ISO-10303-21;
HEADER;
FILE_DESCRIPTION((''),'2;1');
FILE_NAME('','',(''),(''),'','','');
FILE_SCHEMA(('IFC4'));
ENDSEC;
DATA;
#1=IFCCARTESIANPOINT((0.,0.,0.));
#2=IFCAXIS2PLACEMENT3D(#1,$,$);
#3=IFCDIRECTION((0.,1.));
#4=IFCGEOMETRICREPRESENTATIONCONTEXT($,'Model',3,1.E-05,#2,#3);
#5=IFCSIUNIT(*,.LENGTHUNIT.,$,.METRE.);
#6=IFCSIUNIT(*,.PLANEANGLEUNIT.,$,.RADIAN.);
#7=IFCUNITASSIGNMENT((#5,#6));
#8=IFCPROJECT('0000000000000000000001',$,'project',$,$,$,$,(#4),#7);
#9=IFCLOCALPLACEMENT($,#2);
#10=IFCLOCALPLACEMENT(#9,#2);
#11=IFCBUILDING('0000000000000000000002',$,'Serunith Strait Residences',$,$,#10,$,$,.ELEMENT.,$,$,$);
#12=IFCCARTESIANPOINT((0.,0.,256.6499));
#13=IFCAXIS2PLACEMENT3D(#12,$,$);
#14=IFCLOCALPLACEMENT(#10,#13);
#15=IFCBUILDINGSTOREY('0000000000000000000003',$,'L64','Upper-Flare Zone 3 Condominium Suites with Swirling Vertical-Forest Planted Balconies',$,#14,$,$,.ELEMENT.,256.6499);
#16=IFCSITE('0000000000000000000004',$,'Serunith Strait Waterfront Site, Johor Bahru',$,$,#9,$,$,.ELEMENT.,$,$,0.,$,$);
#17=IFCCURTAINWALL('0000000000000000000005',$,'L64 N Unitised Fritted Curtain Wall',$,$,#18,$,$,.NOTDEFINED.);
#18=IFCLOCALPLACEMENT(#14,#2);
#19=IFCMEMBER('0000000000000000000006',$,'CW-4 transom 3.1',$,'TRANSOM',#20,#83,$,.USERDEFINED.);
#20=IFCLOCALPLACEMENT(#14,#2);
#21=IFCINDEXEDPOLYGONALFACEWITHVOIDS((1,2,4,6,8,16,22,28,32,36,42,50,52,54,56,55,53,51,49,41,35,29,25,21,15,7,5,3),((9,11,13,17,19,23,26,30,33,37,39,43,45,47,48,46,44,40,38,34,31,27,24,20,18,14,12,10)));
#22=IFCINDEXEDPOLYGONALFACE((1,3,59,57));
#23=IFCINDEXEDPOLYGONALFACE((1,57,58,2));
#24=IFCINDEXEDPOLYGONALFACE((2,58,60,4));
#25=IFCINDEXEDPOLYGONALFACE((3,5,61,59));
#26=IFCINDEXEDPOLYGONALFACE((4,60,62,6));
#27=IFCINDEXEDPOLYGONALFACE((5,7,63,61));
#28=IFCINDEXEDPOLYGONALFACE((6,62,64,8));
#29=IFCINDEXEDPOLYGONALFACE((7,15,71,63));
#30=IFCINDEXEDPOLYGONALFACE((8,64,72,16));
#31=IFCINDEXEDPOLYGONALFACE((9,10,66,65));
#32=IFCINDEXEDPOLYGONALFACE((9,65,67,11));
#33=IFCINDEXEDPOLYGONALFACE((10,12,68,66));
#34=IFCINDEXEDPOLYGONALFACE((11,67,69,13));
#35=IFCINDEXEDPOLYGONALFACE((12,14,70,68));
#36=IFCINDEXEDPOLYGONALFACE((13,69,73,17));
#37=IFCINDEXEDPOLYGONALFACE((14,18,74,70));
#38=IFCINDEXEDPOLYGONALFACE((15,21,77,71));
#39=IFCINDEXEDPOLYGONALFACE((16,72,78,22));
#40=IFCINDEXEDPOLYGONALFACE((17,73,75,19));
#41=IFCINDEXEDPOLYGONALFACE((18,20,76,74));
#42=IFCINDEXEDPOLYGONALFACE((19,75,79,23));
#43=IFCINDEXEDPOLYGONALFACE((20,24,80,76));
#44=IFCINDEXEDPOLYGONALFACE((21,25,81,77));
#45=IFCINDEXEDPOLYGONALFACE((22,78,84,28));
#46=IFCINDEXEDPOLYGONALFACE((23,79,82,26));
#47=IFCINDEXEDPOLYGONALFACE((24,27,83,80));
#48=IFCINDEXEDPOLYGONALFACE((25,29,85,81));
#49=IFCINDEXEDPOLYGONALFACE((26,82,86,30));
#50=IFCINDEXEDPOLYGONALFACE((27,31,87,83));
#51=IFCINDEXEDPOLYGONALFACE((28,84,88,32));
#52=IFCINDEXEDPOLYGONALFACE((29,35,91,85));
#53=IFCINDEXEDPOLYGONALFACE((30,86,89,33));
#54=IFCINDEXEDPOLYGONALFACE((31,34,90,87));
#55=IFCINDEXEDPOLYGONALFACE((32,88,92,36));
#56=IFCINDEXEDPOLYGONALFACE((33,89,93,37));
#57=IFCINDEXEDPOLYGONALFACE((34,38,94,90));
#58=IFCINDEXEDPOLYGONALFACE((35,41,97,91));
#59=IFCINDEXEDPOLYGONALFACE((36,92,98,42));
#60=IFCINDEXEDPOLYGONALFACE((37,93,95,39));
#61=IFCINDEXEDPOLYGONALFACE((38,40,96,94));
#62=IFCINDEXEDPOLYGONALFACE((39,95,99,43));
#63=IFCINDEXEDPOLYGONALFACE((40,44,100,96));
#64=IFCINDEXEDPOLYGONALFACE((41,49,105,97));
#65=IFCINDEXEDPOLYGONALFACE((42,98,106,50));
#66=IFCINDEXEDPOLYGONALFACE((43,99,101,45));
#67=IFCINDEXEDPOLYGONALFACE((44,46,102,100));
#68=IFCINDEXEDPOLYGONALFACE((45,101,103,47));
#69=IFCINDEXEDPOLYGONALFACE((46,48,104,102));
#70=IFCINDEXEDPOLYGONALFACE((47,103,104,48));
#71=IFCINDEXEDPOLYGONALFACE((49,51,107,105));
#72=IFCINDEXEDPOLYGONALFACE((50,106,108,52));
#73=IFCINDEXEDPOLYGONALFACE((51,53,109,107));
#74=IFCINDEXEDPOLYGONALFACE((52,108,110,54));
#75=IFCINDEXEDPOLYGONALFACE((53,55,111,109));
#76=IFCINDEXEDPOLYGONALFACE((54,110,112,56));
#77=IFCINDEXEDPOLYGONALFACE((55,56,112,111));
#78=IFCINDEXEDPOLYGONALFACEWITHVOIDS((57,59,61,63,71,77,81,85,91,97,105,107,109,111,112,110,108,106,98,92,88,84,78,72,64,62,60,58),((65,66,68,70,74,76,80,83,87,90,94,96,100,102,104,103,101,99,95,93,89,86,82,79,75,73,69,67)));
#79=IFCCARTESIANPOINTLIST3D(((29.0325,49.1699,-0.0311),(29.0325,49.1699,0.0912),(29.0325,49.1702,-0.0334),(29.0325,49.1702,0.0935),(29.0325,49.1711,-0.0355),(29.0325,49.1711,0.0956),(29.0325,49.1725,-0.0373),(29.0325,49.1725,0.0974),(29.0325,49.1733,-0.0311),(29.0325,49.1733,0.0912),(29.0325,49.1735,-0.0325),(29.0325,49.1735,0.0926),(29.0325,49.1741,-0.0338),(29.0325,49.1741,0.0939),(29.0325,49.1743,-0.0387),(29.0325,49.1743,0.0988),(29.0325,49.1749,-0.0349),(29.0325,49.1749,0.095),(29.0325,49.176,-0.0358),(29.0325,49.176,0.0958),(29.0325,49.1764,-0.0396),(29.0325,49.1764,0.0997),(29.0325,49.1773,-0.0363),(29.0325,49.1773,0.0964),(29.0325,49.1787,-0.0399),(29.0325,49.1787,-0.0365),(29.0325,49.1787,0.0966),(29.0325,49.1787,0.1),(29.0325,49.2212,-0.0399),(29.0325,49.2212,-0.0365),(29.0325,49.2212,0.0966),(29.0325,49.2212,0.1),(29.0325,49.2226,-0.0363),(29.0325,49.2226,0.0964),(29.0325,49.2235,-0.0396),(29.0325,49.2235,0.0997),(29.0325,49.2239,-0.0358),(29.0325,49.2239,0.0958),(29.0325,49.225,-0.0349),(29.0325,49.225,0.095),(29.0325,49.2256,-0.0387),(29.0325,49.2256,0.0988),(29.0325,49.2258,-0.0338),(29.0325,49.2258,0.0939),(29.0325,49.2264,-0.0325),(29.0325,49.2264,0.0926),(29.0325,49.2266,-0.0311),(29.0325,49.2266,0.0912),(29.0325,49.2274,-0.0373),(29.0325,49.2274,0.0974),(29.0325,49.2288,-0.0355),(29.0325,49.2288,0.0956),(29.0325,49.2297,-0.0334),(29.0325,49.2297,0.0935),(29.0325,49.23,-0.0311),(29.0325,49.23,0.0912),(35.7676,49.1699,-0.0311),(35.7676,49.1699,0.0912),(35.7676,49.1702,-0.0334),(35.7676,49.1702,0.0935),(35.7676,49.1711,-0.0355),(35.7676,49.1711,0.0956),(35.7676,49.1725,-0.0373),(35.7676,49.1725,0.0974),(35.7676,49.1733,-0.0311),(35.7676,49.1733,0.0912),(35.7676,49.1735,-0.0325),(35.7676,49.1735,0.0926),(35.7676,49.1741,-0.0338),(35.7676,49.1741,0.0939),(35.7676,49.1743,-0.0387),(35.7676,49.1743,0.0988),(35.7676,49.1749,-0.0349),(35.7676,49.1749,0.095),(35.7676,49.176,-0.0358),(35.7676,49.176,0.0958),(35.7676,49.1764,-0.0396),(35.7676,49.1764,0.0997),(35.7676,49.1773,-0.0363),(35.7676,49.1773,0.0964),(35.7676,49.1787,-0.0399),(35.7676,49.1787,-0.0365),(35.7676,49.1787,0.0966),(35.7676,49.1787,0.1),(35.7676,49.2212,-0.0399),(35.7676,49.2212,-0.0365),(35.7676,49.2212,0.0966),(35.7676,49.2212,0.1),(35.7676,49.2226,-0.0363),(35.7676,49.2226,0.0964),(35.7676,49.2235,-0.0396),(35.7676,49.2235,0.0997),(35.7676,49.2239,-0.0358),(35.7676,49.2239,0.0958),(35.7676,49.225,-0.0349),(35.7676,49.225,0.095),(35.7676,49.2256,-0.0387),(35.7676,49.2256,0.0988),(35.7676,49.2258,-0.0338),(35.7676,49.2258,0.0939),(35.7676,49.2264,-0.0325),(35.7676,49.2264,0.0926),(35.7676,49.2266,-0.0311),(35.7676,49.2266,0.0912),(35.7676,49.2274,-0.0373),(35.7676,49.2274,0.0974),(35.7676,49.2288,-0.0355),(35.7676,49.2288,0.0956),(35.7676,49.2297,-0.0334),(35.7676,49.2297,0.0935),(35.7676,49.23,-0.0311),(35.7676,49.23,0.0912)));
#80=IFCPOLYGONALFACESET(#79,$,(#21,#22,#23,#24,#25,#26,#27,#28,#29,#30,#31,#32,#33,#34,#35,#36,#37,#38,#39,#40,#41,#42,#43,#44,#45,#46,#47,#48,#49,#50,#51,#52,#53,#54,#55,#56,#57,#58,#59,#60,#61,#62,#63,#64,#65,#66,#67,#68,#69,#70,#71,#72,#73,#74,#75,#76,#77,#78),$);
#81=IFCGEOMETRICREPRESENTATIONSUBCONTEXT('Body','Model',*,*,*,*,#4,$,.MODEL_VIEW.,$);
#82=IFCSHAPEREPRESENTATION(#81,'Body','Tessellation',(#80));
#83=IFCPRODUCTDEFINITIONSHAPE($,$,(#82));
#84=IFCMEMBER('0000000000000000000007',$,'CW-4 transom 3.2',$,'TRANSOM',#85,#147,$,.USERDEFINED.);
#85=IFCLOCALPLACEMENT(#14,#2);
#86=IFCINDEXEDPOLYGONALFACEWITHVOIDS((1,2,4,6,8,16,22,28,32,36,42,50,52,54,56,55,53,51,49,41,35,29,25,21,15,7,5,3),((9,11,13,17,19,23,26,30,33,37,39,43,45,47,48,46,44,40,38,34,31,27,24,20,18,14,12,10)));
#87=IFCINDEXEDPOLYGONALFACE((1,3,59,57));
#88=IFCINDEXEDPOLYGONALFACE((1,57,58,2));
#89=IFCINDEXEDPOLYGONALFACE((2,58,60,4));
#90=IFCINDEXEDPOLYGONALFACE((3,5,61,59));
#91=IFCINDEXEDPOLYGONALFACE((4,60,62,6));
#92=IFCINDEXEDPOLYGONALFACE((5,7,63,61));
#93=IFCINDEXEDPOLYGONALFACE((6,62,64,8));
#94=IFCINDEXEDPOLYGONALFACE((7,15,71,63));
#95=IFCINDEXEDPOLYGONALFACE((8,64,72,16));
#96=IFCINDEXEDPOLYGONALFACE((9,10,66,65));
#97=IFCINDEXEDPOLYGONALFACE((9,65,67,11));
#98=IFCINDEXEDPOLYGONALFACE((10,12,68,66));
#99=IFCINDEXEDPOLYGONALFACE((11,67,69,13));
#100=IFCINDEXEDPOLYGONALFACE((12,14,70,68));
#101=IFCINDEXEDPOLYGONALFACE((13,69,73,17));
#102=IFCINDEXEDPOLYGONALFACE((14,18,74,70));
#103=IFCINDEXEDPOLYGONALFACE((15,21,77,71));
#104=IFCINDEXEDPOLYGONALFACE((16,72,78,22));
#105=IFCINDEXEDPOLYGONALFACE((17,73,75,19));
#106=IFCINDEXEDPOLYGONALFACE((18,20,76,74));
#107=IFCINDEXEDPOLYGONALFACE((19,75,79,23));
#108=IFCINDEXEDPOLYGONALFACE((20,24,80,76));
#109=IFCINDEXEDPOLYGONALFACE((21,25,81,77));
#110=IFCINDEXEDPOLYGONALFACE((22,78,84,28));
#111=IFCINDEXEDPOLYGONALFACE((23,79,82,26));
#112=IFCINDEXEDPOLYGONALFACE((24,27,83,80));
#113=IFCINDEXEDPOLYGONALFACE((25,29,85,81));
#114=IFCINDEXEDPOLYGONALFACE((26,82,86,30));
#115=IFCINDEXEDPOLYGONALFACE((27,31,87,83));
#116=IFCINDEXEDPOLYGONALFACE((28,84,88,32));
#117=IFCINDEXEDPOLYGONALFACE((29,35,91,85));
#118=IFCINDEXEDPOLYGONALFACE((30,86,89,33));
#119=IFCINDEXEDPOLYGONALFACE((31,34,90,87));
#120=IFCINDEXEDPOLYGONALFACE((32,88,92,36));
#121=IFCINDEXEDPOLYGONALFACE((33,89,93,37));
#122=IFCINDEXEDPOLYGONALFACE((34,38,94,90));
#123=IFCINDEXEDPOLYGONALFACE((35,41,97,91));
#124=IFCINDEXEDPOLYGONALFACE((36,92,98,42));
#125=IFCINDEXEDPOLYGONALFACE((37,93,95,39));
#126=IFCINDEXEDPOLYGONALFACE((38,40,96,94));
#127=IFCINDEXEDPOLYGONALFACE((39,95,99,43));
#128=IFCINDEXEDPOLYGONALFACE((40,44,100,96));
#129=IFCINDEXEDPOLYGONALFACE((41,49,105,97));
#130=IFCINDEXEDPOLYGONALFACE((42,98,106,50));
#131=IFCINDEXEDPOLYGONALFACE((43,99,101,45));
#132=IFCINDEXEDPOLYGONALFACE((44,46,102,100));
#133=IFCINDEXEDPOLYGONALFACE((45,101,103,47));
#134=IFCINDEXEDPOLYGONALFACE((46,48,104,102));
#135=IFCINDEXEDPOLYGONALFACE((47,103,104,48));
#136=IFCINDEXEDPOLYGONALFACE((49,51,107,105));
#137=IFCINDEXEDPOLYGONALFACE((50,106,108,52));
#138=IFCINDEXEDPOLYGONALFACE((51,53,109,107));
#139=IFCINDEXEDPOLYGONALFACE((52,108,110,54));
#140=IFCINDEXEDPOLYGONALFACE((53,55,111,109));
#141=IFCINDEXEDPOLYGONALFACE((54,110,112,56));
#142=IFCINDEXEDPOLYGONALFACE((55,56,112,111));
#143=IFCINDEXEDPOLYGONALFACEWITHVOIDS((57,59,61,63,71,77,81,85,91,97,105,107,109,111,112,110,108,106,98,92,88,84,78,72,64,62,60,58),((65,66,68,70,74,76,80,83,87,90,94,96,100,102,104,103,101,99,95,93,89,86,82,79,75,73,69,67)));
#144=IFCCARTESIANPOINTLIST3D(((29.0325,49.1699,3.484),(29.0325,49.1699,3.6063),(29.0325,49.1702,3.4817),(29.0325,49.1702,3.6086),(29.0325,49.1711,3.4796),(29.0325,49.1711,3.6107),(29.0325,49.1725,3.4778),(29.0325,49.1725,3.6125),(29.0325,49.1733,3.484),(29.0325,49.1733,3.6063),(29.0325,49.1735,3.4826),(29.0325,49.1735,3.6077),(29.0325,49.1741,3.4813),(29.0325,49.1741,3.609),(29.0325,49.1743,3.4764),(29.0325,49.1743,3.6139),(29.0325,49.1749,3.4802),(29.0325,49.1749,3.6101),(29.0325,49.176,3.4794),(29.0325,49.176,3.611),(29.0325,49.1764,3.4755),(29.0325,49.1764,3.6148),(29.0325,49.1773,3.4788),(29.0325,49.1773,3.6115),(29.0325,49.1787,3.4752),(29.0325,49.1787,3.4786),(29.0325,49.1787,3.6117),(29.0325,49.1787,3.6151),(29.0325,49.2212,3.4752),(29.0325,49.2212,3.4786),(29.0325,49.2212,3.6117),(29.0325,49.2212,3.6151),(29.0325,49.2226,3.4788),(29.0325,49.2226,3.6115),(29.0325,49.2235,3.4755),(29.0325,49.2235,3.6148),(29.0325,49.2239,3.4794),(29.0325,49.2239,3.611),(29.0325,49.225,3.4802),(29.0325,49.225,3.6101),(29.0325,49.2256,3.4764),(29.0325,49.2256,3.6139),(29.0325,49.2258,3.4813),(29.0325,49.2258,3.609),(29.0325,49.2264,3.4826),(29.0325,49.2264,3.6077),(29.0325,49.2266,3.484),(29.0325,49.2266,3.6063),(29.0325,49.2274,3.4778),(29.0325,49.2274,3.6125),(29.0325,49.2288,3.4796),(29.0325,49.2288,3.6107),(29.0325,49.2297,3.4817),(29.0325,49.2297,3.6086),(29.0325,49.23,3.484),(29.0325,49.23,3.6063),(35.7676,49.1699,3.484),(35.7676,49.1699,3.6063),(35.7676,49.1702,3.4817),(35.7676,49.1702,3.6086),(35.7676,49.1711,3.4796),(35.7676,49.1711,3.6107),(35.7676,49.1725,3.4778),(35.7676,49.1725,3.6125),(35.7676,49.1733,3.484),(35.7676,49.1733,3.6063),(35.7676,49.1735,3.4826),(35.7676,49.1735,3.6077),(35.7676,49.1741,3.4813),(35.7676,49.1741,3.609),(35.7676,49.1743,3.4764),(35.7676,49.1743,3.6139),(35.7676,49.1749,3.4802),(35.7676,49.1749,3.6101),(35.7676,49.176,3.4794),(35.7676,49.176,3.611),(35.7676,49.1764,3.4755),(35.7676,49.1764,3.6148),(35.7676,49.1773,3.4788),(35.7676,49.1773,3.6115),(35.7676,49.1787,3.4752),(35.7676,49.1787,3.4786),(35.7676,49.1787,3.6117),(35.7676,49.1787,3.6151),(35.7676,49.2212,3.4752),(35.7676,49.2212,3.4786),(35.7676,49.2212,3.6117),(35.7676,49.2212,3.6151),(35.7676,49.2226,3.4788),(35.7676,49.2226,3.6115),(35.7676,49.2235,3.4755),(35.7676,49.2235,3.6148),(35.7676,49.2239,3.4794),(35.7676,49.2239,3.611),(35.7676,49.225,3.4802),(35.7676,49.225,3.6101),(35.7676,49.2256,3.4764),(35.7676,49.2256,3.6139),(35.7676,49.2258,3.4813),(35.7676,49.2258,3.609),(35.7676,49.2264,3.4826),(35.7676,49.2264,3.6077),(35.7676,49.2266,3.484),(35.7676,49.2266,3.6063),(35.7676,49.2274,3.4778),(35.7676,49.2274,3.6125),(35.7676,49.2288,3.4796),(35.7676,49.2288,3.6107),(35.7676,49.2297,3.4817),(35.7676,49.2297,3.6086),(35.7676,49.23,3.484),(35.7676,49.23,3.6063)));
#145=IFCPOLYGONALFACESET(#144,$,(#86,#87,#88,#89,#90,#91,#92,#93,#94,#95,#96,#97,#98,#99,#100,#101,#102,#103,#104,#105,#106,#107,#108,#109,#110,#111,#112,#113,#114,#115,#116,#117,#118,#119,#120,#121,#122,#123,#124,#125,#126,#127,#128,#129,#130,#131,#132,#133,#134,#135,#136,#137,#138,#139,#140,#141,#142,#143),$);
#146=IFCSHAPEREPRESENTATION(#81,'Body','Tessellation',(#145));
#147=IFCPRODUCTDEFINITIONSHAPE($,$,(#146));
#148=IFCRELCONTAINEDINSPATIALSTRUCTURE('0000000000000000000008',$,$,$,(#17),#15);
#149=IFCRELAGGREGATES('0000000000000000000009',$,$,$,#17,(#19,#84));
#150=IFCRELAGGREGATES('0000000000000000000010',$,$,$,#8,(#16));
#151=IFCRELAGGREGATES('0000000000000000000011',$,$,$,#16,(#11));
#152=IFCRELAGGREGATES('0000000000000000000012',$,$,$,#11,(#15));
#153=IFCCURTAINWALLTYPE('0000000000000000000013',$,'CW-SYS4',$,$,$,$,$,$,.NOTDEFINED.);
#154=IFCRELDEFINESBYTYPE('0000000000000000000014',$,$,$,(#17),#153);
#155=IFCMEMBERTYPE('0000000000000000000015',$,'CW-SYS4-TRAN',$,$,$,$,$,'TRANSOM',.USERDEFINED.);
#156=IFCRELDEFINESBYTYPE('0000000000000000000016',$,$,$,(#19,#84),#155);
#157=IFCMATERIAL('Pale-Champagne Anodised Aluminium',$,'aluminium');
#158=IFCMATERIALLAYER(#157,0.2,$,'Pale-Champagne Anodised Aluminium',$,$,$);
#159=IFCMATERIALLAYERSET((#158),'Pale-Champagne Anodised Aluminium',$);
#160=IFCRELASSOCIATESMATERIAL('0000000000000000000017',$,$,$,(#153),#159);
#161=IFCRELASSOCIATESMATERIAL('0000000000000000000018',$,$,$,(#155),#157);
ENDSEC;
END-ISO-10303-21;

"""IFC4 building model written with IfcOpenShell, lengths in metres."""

from ifc_helpers import new_model, si_unit, direction, frame, origin, origin_2d, place, context, subcontext, project, spatial, hollow_rectangle, extrude, source, transform, mapped, material, layer, layer_set, material_profile, profile_set, type_object, element, aggregate, save


model = new_model("IFC4")

# Units and contexts
model_context = context("Model", 3, precision=1e-05, world=origin(), true_north=direction((0.0, 1.0)))
body_context = subcontext(model_context, "Body", "Model", "MODEL_VIEW")
ifc_project = project(units=[si_unit("LENGTHUNIT", "METRE"), si_unit("PLANEANGLEUNIT", "RADIAN")], contexts=[model_context])

# Site, building, storey
site_placement = place(None, origin())
site = spatial("IfcSite", under=ifc_project, at=site_placement, Name="Serunith Strait Waterfront Site, Johor Bahru", CompositionType="ELEMENT", RefElevation=0.0)
building_placement = place(site_placement, origin())
building = spatial("IfcBuilding", under=site, at=building_placement, Name="Serunith Strait Residences", CompositionType="ELEMENT")
storey_placement = place(building_placement, frame((0.0, 0.0, 256.6499)))
storey = spatial("IfcBuildingStorey", under=building, at=storey_placement, Name="L64", Description="Upper-Flare Zone 3 Condominium Suites with Swirling Vertical-Forest Planted Balconies", CompositionType="ELEMENT", Elevation=256.6499)

# Curtain wall, members
ifc_material_1 = material(Name="Pale-Champagne Anodised Aluminium", Category="aluminium")
ifc_layer_1 = layer(ifc_material_1, 0.2, Name="Pale-Champagne Anodised Aluminium")
ifc_layer_set_1 = layer_set([ifc_layer_1], Name="Pale-Champagne Anodised Aluminium")
curtain_wall_type = type_object("IfcCurtainWallType", Name="CW-SYS4", PredefinedType="NOTDEFINED", material=ifc_layer_set_1)
curtain_wall_placement = place(storey_placement, origin())
curtain_wall = element("IfcCurtainWall", 1, at=curtain_wall_placement, inside=storey, type_object=curtain_wall_type, Name="L64 N Unitised Fritted Curtain Wall", PredefinedType="NOTDEFINED")
ifc_material_profile_1 = material_profile(ifc_material_1, hollow_rectangle(XDim=0.0601, YDim=0.1399, WallThickness=0.0034, InnerFilletRadius=0.0054, OuterFilletRadius=0.0088, at=origin_2d()), Name="ALU 140x60x3.5")
ifc_profile_set_1 = profile_set([ifc_material_profile_1], Name="Pale-Champagne Anodised Aluminium")
member_type_1 = type_object("IfcMemberType", Name="CW-SYS4-TRAN", ElementType="TRANSOM", PredefinedType="USERDEFINED", material=ifc_profile_set_1)
shared_shape_1 = source(origin(), body_context, "Body", "SweptSolid", [
    extrude(hollow_rectangle(XDim=0.0601, YDim=0.1399, WallThickness=0.0034, InnerFilletRadius=0.0054, OuterFilletRadius=0.0088, at=origin_2d()), origin(), (0.0, 0.0, 1.0), 6.7351),
])
member_1_placement = place(storey_placement, frame((35.7676, 49.2, 0.03), z_axis=(-1.0, 0.0, 0.0), x_axis=(0.0, -1.0, 0.0)))
member_1 = element("IfcMember", 2, at=member_1_placement, type_object=member_type_1, Name="CW-4 transom 3.1", ObjectType="TRANSOM", PredefinedType="USERDEFINED", context=body_context, shape_type="MappedRepresentation", body=[
    mapped(shared_shape_1, transform((0.0, 0.0, 0.0), scale=1.0)),
])
member_2_placement = place(storey_placement, frame((35.7676, 49.2, 3.5452), z_axis=(-1.0, 0.0, 0.0), x_axis=(0.0, -1.0, 0.0)))
member_2 = element("IfcMember", 3, at=member_2_placement, type_object=member_type_1, Name="CW-4 transom 3.2", ObjectType="TRANSOM", PredefinedType="USERDEFINED", context=body_context, shape_type="MappedRepresentation", body=[
    mapped(shared_shape_1, transform((0.0, 0.0, 0.0), scale=1.0)),
])
aggregate(curtain_wall, [member_1, member_2])

save(model, "model.ifc")
